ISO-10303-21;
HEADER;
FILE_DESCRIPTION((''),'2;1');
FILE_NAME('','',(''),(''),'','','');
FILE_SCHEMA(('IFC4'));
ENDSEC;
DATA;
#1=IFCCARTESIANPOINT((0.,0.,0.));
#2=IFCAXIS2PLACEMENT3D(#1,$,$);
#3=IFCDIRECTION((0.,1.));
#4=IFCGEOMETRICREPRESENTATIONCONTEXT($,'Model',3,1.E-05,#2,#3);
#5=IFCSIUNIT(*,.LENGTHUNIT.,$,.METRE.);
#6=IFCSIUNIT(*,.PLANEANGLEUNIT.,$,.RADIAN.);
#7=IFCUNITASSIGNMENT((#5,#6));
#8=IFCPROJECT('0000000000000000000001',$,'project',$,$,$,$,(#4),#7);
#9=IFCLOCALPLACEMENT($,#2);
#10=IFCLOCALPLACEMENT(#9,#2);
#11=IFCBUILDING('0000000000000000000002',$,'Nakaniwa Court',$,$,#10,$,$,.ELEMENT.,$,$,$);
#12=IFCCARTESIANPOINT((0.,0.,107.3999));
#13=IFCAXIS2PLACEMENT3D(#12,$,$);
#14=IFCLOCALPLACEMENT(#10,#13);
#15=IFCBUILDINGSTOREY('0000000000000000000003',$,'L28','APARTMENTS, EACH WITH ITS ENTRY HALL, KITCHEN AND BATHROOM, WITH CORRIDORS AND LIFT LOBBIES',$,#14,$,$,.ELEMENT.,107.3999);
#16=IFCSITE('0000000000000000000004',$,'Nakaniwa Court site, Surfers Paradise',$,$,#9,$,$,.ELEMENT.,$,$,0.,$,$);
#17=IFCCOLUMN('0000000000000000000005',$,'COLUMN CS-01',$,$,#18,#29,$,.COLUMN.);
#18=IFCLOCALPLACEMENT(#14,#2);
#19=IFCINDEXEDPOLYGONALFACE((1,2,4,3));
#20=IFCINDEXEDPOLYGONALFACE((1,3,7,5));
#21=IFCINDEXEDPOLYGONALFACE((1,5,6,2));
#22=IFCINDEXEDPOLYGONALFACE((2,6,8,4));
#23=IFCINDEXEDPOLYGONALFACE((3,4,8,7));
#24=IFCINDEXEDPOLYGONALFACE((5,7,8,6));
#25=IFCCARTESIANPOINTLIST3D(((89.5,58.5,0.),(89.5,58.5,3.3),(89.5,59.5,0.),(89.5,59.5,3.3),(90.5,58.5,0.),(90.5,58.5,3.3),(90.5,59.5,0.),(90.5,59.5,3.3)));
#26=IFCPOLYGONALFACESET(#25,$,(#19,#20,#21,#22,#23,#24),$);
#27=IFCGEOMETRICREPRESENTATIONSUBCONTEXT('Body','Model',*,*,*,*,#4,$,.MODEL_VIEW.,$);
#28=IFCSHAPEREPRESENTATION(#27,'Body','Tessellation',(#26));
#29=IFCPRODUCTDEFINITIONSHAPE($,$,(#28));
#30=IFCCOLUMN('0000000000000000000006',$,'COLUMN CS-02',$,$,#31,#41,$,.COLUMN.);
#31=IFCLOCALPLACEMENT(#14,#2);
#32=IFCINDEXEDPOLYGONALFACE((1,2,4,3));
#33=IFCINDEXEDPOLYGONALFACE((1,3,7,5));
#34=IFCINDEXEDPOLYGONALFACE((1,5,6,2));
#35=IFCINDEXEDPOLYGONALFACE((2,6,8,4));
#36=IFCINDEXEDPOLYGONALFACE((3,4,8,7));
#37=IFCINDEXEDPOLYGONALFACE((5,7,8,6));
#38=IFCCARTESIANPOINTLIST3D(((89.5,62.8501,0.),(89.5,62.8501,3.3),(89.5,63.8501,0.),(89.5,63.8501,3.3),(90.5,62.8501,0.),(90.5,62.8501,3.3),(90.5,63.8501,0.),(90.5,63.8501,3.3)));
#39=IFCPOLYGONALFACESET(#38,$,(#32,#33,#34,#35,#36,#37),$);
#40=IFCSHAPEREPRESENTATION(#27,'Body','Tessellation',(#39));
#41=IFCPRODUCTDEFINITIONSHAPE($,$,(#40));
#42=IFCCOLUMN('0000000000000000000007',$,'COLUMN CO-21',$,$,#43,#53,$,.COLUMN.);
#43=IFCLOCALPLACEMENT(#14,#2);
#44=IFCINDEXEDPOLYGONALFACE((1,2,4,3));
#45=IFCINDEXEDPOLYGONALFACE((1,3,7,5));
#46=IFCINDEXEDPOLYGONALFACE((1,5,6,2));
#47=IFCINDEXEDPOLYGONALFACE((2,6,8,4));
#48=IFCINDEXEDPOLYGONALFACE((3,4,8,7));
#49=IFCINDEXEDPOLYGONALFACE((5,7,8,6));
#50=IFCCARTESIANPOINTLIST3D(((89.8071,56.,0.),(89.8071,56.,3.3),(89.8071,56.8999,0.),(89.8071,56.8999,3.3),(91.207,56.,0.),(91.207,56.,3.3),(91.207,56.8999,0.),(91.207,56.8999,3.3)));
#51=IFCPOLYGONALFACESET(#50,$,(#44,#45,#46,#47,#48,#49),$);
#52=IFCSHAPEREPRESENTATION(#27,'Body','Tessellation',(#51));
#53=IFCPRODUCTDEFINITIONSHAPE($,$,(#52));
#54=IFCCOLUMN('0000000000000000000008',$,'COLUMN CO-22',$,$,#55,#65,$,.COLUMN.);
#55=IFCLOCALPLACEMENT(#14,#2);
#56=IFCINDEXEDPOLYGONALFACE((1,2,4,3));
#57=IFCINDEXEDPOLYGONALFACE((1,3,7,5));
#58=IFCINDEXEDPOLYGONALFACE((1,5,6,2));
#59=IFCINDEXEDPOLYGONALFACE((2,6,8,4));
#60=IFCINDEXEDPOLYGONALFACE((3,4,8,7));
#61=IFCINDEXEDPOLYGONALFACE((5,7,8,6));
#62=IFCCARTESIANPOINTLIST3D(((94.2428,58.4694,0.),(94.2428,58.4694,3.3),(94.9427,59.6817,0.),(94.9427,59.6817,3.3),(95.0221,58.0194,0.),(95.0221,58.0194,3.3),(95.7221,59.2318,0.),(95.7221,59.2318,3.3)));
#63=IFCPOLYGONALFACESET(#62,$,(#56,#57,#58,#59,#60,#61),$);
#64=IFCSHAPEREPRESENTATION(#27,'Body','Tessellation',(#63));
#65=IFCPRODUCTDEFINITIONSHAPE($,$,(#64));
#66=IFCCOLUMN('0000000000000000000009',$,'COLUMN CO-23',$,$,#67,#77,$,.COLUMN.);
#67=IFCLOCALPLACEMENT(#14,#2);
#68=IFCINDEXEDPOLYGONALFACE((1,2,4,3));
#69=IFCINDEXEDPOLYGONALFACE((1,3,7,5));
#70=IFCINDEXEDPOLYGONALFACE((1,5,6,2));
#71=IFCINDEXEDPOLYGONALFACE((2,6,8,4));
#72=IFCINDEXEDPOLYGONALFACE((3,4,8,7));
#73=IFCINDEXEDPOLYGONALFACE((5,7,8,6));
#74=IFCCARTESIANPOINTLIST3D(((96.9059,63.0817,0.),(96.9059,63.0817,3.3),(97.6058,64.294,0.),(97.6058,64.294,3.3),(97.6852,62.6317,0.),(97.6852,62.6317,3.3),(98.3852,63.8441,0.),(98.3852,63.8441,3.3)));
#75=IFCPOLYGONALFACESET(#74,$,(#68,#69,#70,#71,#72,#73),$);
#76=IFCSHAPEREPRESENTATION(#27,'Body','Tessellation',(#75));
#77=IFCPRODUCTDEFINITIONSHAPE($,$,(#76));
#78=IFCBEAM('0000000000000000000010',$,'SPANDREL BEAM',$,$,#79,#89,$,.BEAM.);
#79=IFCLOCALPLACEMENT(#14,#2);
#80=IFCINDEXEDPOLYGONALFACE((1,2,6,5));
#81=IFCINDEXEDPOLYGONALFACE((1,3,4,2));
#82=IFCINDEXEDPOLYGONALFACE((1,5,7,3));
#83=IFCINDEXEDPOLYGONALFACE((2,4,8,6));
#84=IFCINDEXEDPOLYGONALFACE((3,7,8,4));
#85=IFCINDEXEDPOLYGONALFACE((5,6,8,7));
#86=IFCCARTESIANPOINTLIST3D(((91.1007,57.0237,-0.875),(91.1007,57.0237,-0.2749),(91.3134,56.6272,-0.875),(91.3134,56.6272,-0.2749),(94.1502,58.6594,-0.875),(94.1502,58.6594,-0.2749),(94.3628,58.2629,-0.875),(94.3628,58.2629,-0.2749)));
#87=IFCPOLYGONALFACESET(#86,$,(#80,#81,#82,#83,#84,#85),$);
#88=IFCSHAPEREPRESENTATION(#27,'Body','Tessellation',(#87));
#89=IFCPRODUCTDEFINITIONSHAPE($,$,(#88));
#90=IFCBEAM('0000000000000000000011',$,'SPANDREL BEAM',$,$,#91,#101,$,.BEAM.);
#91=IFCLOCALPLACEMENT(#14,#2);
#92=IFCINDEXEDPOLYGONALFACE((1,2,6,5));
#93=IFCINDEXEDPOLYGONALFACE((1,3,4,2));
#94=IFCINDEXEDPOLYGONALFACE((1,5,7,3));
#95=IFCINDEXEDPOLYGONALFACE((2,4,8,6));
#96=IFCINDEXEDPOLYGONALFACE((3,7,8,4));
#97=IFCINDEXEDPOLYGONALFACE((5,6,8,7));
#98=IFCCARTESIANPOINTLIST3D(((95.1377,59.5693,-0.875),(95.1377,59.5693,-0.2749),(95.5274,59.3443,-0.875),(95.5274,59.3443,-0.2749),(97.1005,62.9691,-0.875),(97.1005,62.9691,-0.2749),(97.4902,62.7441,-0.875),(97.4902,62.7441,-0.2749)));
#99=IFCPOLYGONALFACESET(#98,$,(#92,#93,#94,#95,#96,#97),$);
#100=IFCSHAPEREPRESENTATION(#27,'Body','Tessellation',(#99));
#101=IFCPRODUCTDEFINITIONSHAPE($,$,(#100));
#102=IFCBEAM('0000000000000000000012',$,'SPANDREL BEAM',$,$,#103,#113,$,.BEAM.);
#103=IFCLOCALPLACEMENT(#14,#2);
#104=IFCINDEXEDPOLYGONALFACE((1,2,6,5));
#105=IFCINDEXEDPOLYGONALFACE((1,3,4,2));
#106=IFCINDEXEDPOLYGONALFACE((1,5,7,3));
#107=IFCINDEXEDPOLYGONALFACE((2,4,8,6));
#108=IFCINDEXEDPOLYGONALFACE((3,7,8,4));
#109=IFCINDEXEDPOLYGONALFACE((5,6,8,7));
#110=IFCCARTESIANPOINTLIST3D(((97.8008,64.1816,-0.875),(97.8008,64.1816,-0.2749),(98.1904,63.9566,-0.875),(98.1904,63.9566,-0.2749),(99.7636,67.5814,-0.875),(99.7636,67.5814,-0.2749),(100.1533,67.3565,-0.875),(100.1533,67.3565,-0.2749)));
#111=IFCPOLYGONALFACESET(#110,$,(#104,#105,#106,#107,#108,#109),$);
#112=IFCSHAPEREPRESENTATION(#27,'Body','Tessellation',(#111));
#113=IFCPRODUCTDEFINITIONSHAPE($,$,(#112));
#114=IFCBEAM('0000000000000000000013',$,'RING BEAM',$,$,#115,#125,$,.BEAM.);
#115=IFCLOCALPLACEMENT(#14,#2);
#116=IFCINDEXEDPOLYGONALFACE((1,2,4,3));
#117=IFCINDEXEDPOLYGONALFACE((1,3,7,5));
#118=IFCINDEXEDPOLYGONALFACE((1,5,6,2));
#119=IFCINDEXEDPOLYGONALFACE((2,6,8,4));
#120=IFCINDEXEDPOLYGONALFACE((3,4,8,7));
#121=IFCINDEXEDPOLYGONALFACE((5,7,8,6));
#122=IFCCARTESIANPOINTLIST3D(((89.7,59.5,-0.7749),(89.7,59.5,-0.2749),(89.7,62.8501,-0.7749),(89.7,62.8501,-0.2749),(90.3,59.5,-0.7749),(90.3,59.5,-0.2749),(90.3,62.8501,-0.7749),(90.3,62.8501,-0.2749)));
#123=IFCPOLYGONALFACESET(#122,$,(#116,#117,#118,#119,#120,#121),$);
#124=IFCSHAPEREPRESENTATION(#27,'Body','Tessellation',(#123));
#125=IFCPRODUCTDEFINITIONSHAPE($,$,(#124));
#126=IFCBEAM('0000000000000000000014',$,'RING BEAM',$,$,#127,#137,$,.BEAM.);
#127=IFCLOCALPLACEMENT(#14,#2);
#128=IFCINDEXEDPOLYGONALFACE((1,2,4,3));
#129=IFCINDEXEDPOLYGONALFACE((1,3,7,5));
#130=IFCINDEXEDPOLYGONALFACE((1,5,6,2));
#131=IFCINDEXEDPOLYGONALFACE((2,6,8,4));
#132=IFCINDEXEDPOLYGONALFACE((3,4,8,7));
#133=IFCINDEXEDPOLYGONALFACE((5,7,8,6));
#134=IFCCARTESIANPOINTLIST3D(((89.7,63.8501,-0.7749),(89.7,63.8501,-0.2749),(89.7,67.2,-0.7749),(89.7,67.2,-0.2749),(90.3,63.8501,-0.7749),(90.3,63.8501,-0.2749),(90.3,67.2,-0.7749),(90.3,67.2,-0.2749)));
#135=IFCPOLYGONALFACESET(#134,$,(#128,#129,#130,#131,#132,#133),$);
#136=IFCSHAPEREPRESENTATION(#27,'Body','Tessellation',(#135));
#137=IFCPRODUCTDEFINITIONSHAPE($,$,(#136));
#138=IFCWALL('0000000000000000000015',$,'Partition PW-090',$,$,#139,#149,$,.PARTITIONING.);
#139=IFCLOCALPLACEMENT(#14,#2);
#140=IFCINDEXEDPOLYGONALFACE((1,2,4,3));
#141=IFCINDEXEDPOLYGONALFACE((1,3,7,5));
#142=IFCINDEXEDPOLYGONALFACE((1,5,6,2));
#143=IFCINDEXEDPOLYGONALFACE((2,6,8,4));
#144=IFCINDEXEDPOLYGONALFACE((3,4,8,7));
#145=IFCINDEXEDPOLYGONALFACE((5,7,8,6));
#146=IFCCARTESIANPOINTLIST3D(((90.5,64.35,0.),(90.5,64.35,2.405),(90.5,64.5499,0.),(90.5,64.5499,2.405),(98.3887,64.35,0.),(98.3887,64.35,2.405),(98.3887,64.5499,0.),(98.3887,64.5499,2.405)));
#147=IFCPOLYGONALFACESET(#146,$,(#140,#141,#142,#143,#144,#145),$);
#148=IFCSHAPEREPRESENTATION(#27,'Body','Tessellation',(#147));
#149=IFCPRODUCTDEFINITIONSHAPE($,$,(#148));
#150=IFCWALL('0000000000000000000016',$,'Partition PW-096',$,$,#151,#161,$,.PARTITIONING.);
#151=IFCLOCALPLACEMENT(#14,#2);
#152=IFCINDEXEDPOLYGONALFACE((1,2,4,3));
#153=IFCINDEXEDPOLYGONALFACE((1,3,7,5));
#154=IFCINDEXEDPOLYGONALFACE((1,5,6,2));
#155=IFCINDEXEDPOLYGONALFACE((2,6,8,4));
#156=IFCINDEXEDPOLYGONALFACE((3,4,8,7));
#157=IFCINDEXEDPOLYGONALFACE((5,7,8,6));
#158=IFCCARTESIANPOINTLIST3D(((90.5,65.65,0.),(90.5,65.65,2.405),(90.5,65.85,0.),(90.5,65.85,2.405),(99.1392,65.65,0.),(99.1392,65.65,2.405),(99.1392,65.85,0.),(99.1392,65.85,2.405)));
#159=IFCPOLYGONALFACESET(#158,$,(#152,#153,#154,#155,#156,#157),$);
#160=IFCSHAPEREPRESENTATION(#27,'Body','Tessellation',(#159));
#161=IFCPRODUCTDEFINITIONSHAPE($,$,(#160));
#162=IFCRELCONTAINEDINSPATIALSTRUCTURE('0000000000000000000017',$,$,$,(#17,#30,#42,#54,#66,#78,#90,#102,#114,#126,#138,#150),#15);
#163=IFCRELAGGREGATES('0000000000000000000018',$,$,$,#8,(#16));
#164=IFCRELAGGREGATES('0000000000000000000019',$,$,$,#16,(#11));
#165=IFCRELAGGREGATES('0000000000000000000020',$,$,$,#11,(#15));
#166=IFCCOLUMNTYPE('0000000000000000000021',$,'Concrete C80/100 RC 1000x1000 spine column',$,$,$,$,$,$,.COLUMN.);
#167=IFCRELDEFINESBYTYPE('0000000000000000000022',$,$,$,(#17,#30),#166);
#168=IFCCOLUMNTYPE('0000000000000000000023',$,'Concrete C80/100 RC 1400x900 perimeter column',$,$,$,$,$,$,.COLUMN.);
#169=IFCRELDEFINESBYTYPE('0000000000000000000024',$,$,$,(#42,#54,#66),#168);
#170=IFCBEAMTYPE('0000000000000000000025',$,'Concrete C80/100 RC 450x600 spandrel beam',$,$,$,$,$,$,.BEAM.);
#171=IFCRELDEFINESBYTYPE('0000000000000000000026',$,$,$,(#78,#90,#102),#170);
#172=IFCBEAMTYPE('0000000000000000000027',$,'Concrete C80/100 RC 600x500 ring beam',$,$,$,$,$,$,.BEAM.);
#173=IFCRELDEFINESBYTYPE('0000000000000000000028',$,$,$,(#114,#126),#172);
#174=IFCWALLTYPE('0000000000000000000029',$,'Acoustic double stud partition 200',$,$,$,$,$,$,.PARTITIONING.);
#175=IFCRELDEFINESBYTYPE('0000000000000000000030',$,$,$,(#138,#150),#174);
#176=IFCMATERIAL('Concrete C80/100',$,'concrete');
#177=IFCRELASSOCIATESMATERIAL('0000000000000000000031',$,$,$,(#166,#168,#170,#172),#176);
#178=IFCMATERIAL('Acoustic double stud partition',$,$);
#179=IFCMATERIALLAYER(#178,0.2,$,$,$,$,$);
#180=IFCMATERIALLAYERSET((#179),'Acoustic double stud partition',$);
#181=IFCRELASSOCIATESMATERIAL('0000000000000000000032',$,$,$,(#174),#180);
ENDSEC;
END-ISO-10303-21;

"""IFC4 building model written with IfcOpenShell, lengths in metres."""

from ifc_helpers import new_model, si_unit, direction, frame, frame_2d, origin, origin_2d, place, context, subcontext, project, spatial, rectangle, extrude, material, layer, layer_set, material_profile, profile_set, type_object, element, save


model = new_model("IFC4")

# Units and contexts
model_context = context("Model", 3, precision=1e-05, world=origin(), true_north=direction((0.0, 1.0)))
body_context = subcontext(model_context, "Body", "Model", "MODEL_VIEW")
ifc_project = project(units=[si_unit("LENGTHUNIT", "METRE"), si_unit("PLANEANGLEUNIT", "RADIAN")], contexts=[model_context])

# Site, building, storey
site_placement = place(None, origin())
site = spatial("IfcSite", under=ifc_project, at=site_placement, Name="Nakaniwa Court site, Surfers Paradise", CompositionType="ELEMENT", RefElevation=0.0)
building_placement = place(site_placement, origin())
building = spatial("IfcBuilding", under=site, at=building_placement, Name="Nakaniwa Court", CompositionType="ELEMENT")
storey_placement = place(building_placement, frame((0.0, 0.0, 107.3999)))
storey = spatial("IfcBuildingStorey", under=building, at=storey_placement, Name="L28", Description="APARTMENTS, EACH WITH ITS ENTRY HALL, KITCHEN AND BATHROOM, WITH CORRIDORS AND LIFT LOBBIES", CompositionType="ELEMENT", Elevation=107.3999)

# Columns
ifc_material_1 = material(Name="Concrete C80/100", Category="concrete")
ifc_material_profile_1 = material_profile(ifc_material_1, rectangle(XDim=1.0, YDim=1.0, at=origin_2d()), Name="Concrete C80/100 RC 1000x1000 spine column")
ifc_profile_set_1 = profile_set([ifc_material_profile_1], Name="Concrete C80/100")
column_type_1 = type_object("IfcColumnType", Name="Concrete C80/100 RC 1000x1000 spine column", PredefinedType="COLUMN", material=ifc_profile_set_1)
for number, where, z_axis, x_axis, name in (
    (1, (90.0, 59.0, 0.0), (0.0, 0.0, 1.0), (0.0, 1.0, 0.0), "COLUMN CS-01"),
    (2, (90.0, 63.3501, 0.0), (0.0, 0.0, 1.0), (0.0, 1.0, 0.0), "COLUMN CS-02"),
):
    element("IfcColumn", number, at=place(storey_placement, frame(where, z_axis=z_axis, x_axis=x_axis)), inside=storey, type_object=column_type_1, Name=name, PredefinedType="COLUMN", context=body_context, shape_type="SweptSolid", body=[
        extrude(rectangle(XDim=1.0, YDim=1.0, at=origin_2d()), origin(), (0.0, 0.0, 1.0), 3.3),
    ])
ifc_material_profile_2 = material_profile(ifc_material_1, rectangle(XDim=1.3999, YDim=0.8999, at=origin_2d()), Name="Concrete C80/100 RC 1400x900 perimeter column")
ifc_profile_set_2 = profile_set([ifc_material_profile_2], Name="Concrete C80/100")
column_type_2 = type_object("IfcColumnType", Name="Concrete C80/100 RC 1400x900 perimeter column", PredefinedType="COLUMN", material=ifc_profile_set_2)
for number, where, z_axis, x_axis, name in (
    (3, (90.5071, 56.45, 0.0), (0.0, 0.0, 1.0), (1.0, 0.0, 0.0), "COLUMN CO-21"),
    (4, (94.9824, 58.8506, 0.0), (0.0, 0.0, 1.0), (0.5, 0.866025, 0.0), "COLUMN CO-22"),
    (5, (97.6455, 63.4629, 0.0), (0.0, 0.0, 1.0), (0.5, 0.866025, 0.0), "COLUMN CO-23"),
):
    element("IfcColumn", number, at=place(storey_placement, frame(where, z_axis=z_axis, x_axis=x_axis)), inside=storey, type_object=column_type_2, Name=name, PredefinedType="COLUMN", context=body_context, shape_type="SweptSolid", body=[
        extrude(rectangle(XDim=1.3999, YDim=0.8999, at=origin_2d()), origin(), (0.0, 0.0, 1.0), 3.3),
    ])

# Beams
ifc_material_profile_3 = material_profile(ifc_material_1, rectangle(XDim=0.45, YDim=0.6001, at=origin_2d()), Name="Concrete C80/100 RC 450x600 spandrel beam")
ifc_profile_set_3 = profile_set([ifc_material_profile_3], Name="Concrete C80/100")
beam_type_1 = type_object("IfcBeamType", Name="Concrete C80/100 RC 450x600 spandrel beam", PredefinedType="BEAM", material=ifc_profile_set_3)
beam_1_placement = place(storey_placement, frame((91.207, 56.8254, -0.575), z_axis=(0.881233, 0.472681, 0.0), x_axis=(-0.472681, 0.881233, 0.0)))
element("IfcBeam", 6, at=beam_1_placement, inside=storey, type_object=beam_type_1, Name="SPANDREL BEAM", PredefinedType="BEAM", context=body_context, shape_type="SweptSolid", body=[
    extrude(rectangle(XDim=0.45, YDim=0.6001, at=origin_2d()), origin(), (0.0, 0.0, 1.0), 3.4604),
])
for number, where, z_axis, x_axis, name in (
    (7, (95.3325, 59.4568, -0.575), (0.499992, 0.86603, 0.0), (-0.86603, 0.499992, 0.0), "SPANDREL BEAM"),
    (8, (97.9956, 64.0691, -0.575), (0.499992, 0.86603, 0.0), (-0.86603, 0.499992, 0.0), "SPANDREL BEAM"),
):
    element("IfcBeam", number, at=place(storey_placement, frame(where, z_axis=z_axis, x_axis=x_axis)), inside=storey, type_object=beam_type_1, Name=name, PredefinedType="BEAM", context=body_context, shape_type="SweptSolid", body=[
        extrude(rectangle(XDim=0.45, YDim=0.6001, at=origin_2d()), origin(), (0.0, 0.0, 1.0), 3.9258),
    ])
ifc_material_profile_4 = material_profile(ifc_material_1, rectangle(XDim=0.6001, YDim=0.5, at=origin_2d()), Name="Concrete C80/100 RC 600x500 ring beam")
ifc_profile_set_4 = profile_set([ifc_material_profile_4], Name="Concrete C80/100")
beam_type_2 = type_object("IfcBeamType", Name="Concrete C80/100 RC 600x500 ring beam", PredefinedType="BEAM", material=ifc_profile_set_4)
beam_2_placement = place(storey_placement, frame((90.0, 59.5, -0.5249), z_axis=(0.0, 1.0, 0.0), x_axis=(-1.0, 0.0, 0.0)))
element("IfcBeam", 9, at=beam_2_placement, inside=storey, type_object=beam_type_2, Name="RING BEAM", PredefinedType="BEAM", context=body_context, shape_type="SweptSolid", body=[
    extrude(rectangle(XDim=0.6001, YDim=0.5, at=origin_2d()), origin(), (0.0, 0.0, 1.0), 3.3501),
])
beam_3_placement = place(storey_placement, frame((90.0, 63.8501, -0.5249), z_axis=(0.0, 1.0, 0.0), x_axis=(-1.0, 0.0, 0.0)))
element("IfcBeam", 10, at=beam_3_placement, inside=storey, type_object=beam_type_2, Name="RING BEAM", PredefinedType="BEAM", context=body_context, shape_type="SweptSolid", body=[
    extrude(rectangle(XDim=0.6001, YDim=0.5, at=origin_2d()), origin(), (0.0, 0.0, 1.0), 3.3499),
])

# Walls
ifc_material_2 = material(Name="Acoustic double stud partition")
ifc_layer_1 = layer(ifc_material_2, 0.2)
ifc_layer_set_1 = layer_set([ifc_layer_1], Name="Acoustic double stud partition")
wall_type_1 = type_object("IfcWallType", Name="Acoustic double stud partition 200", PredefinedType="PARTITIONING", material=ifc_layer_set_1)
wall_1_placement = place(storey_placement, frame((90.5, 64.45, 0.0), z_axis=(0.0, 0.0, 1.0), x_axis=(1.0, 0.0, 0.0)))
element("IfcWall", 11, at=wall_1_placement, inside=storey, type_object=wall_type_1, Name="Partition PW-090", PredefinedType="PARTITIONING", context=body_context, shape_type="SweptSolid", body=[
    extrude(rectangle(XDim=7.8887, YDim=0.2, at=frame_2d((3.9443, 0.0))), origin(), (0.0, 0.0, 1.0), 2.405),
])
wall_2_placement = place(storey_placement, frame((90.5, 65.75, 0.0), z_axis=(0.0, 0.0, 1.0), x_axis=(1.0, 0.0, 0.0)))
element("IfcWall", 12, at=wall_2_placement, inside=storey, type_object=wall_type_1, Name="Partition PW-096", PredefinedType="PARTITIONING", context=body_context, shape_type="SweptSolid", body=[
    extrude(rectangle(XDim=8.6392, YDim=0.2, at=frame_2d((4.3196, 0.0))), origin(), (0.0, 0.0, 1.0), 2.405),
])

save(model, "model.ifc")
